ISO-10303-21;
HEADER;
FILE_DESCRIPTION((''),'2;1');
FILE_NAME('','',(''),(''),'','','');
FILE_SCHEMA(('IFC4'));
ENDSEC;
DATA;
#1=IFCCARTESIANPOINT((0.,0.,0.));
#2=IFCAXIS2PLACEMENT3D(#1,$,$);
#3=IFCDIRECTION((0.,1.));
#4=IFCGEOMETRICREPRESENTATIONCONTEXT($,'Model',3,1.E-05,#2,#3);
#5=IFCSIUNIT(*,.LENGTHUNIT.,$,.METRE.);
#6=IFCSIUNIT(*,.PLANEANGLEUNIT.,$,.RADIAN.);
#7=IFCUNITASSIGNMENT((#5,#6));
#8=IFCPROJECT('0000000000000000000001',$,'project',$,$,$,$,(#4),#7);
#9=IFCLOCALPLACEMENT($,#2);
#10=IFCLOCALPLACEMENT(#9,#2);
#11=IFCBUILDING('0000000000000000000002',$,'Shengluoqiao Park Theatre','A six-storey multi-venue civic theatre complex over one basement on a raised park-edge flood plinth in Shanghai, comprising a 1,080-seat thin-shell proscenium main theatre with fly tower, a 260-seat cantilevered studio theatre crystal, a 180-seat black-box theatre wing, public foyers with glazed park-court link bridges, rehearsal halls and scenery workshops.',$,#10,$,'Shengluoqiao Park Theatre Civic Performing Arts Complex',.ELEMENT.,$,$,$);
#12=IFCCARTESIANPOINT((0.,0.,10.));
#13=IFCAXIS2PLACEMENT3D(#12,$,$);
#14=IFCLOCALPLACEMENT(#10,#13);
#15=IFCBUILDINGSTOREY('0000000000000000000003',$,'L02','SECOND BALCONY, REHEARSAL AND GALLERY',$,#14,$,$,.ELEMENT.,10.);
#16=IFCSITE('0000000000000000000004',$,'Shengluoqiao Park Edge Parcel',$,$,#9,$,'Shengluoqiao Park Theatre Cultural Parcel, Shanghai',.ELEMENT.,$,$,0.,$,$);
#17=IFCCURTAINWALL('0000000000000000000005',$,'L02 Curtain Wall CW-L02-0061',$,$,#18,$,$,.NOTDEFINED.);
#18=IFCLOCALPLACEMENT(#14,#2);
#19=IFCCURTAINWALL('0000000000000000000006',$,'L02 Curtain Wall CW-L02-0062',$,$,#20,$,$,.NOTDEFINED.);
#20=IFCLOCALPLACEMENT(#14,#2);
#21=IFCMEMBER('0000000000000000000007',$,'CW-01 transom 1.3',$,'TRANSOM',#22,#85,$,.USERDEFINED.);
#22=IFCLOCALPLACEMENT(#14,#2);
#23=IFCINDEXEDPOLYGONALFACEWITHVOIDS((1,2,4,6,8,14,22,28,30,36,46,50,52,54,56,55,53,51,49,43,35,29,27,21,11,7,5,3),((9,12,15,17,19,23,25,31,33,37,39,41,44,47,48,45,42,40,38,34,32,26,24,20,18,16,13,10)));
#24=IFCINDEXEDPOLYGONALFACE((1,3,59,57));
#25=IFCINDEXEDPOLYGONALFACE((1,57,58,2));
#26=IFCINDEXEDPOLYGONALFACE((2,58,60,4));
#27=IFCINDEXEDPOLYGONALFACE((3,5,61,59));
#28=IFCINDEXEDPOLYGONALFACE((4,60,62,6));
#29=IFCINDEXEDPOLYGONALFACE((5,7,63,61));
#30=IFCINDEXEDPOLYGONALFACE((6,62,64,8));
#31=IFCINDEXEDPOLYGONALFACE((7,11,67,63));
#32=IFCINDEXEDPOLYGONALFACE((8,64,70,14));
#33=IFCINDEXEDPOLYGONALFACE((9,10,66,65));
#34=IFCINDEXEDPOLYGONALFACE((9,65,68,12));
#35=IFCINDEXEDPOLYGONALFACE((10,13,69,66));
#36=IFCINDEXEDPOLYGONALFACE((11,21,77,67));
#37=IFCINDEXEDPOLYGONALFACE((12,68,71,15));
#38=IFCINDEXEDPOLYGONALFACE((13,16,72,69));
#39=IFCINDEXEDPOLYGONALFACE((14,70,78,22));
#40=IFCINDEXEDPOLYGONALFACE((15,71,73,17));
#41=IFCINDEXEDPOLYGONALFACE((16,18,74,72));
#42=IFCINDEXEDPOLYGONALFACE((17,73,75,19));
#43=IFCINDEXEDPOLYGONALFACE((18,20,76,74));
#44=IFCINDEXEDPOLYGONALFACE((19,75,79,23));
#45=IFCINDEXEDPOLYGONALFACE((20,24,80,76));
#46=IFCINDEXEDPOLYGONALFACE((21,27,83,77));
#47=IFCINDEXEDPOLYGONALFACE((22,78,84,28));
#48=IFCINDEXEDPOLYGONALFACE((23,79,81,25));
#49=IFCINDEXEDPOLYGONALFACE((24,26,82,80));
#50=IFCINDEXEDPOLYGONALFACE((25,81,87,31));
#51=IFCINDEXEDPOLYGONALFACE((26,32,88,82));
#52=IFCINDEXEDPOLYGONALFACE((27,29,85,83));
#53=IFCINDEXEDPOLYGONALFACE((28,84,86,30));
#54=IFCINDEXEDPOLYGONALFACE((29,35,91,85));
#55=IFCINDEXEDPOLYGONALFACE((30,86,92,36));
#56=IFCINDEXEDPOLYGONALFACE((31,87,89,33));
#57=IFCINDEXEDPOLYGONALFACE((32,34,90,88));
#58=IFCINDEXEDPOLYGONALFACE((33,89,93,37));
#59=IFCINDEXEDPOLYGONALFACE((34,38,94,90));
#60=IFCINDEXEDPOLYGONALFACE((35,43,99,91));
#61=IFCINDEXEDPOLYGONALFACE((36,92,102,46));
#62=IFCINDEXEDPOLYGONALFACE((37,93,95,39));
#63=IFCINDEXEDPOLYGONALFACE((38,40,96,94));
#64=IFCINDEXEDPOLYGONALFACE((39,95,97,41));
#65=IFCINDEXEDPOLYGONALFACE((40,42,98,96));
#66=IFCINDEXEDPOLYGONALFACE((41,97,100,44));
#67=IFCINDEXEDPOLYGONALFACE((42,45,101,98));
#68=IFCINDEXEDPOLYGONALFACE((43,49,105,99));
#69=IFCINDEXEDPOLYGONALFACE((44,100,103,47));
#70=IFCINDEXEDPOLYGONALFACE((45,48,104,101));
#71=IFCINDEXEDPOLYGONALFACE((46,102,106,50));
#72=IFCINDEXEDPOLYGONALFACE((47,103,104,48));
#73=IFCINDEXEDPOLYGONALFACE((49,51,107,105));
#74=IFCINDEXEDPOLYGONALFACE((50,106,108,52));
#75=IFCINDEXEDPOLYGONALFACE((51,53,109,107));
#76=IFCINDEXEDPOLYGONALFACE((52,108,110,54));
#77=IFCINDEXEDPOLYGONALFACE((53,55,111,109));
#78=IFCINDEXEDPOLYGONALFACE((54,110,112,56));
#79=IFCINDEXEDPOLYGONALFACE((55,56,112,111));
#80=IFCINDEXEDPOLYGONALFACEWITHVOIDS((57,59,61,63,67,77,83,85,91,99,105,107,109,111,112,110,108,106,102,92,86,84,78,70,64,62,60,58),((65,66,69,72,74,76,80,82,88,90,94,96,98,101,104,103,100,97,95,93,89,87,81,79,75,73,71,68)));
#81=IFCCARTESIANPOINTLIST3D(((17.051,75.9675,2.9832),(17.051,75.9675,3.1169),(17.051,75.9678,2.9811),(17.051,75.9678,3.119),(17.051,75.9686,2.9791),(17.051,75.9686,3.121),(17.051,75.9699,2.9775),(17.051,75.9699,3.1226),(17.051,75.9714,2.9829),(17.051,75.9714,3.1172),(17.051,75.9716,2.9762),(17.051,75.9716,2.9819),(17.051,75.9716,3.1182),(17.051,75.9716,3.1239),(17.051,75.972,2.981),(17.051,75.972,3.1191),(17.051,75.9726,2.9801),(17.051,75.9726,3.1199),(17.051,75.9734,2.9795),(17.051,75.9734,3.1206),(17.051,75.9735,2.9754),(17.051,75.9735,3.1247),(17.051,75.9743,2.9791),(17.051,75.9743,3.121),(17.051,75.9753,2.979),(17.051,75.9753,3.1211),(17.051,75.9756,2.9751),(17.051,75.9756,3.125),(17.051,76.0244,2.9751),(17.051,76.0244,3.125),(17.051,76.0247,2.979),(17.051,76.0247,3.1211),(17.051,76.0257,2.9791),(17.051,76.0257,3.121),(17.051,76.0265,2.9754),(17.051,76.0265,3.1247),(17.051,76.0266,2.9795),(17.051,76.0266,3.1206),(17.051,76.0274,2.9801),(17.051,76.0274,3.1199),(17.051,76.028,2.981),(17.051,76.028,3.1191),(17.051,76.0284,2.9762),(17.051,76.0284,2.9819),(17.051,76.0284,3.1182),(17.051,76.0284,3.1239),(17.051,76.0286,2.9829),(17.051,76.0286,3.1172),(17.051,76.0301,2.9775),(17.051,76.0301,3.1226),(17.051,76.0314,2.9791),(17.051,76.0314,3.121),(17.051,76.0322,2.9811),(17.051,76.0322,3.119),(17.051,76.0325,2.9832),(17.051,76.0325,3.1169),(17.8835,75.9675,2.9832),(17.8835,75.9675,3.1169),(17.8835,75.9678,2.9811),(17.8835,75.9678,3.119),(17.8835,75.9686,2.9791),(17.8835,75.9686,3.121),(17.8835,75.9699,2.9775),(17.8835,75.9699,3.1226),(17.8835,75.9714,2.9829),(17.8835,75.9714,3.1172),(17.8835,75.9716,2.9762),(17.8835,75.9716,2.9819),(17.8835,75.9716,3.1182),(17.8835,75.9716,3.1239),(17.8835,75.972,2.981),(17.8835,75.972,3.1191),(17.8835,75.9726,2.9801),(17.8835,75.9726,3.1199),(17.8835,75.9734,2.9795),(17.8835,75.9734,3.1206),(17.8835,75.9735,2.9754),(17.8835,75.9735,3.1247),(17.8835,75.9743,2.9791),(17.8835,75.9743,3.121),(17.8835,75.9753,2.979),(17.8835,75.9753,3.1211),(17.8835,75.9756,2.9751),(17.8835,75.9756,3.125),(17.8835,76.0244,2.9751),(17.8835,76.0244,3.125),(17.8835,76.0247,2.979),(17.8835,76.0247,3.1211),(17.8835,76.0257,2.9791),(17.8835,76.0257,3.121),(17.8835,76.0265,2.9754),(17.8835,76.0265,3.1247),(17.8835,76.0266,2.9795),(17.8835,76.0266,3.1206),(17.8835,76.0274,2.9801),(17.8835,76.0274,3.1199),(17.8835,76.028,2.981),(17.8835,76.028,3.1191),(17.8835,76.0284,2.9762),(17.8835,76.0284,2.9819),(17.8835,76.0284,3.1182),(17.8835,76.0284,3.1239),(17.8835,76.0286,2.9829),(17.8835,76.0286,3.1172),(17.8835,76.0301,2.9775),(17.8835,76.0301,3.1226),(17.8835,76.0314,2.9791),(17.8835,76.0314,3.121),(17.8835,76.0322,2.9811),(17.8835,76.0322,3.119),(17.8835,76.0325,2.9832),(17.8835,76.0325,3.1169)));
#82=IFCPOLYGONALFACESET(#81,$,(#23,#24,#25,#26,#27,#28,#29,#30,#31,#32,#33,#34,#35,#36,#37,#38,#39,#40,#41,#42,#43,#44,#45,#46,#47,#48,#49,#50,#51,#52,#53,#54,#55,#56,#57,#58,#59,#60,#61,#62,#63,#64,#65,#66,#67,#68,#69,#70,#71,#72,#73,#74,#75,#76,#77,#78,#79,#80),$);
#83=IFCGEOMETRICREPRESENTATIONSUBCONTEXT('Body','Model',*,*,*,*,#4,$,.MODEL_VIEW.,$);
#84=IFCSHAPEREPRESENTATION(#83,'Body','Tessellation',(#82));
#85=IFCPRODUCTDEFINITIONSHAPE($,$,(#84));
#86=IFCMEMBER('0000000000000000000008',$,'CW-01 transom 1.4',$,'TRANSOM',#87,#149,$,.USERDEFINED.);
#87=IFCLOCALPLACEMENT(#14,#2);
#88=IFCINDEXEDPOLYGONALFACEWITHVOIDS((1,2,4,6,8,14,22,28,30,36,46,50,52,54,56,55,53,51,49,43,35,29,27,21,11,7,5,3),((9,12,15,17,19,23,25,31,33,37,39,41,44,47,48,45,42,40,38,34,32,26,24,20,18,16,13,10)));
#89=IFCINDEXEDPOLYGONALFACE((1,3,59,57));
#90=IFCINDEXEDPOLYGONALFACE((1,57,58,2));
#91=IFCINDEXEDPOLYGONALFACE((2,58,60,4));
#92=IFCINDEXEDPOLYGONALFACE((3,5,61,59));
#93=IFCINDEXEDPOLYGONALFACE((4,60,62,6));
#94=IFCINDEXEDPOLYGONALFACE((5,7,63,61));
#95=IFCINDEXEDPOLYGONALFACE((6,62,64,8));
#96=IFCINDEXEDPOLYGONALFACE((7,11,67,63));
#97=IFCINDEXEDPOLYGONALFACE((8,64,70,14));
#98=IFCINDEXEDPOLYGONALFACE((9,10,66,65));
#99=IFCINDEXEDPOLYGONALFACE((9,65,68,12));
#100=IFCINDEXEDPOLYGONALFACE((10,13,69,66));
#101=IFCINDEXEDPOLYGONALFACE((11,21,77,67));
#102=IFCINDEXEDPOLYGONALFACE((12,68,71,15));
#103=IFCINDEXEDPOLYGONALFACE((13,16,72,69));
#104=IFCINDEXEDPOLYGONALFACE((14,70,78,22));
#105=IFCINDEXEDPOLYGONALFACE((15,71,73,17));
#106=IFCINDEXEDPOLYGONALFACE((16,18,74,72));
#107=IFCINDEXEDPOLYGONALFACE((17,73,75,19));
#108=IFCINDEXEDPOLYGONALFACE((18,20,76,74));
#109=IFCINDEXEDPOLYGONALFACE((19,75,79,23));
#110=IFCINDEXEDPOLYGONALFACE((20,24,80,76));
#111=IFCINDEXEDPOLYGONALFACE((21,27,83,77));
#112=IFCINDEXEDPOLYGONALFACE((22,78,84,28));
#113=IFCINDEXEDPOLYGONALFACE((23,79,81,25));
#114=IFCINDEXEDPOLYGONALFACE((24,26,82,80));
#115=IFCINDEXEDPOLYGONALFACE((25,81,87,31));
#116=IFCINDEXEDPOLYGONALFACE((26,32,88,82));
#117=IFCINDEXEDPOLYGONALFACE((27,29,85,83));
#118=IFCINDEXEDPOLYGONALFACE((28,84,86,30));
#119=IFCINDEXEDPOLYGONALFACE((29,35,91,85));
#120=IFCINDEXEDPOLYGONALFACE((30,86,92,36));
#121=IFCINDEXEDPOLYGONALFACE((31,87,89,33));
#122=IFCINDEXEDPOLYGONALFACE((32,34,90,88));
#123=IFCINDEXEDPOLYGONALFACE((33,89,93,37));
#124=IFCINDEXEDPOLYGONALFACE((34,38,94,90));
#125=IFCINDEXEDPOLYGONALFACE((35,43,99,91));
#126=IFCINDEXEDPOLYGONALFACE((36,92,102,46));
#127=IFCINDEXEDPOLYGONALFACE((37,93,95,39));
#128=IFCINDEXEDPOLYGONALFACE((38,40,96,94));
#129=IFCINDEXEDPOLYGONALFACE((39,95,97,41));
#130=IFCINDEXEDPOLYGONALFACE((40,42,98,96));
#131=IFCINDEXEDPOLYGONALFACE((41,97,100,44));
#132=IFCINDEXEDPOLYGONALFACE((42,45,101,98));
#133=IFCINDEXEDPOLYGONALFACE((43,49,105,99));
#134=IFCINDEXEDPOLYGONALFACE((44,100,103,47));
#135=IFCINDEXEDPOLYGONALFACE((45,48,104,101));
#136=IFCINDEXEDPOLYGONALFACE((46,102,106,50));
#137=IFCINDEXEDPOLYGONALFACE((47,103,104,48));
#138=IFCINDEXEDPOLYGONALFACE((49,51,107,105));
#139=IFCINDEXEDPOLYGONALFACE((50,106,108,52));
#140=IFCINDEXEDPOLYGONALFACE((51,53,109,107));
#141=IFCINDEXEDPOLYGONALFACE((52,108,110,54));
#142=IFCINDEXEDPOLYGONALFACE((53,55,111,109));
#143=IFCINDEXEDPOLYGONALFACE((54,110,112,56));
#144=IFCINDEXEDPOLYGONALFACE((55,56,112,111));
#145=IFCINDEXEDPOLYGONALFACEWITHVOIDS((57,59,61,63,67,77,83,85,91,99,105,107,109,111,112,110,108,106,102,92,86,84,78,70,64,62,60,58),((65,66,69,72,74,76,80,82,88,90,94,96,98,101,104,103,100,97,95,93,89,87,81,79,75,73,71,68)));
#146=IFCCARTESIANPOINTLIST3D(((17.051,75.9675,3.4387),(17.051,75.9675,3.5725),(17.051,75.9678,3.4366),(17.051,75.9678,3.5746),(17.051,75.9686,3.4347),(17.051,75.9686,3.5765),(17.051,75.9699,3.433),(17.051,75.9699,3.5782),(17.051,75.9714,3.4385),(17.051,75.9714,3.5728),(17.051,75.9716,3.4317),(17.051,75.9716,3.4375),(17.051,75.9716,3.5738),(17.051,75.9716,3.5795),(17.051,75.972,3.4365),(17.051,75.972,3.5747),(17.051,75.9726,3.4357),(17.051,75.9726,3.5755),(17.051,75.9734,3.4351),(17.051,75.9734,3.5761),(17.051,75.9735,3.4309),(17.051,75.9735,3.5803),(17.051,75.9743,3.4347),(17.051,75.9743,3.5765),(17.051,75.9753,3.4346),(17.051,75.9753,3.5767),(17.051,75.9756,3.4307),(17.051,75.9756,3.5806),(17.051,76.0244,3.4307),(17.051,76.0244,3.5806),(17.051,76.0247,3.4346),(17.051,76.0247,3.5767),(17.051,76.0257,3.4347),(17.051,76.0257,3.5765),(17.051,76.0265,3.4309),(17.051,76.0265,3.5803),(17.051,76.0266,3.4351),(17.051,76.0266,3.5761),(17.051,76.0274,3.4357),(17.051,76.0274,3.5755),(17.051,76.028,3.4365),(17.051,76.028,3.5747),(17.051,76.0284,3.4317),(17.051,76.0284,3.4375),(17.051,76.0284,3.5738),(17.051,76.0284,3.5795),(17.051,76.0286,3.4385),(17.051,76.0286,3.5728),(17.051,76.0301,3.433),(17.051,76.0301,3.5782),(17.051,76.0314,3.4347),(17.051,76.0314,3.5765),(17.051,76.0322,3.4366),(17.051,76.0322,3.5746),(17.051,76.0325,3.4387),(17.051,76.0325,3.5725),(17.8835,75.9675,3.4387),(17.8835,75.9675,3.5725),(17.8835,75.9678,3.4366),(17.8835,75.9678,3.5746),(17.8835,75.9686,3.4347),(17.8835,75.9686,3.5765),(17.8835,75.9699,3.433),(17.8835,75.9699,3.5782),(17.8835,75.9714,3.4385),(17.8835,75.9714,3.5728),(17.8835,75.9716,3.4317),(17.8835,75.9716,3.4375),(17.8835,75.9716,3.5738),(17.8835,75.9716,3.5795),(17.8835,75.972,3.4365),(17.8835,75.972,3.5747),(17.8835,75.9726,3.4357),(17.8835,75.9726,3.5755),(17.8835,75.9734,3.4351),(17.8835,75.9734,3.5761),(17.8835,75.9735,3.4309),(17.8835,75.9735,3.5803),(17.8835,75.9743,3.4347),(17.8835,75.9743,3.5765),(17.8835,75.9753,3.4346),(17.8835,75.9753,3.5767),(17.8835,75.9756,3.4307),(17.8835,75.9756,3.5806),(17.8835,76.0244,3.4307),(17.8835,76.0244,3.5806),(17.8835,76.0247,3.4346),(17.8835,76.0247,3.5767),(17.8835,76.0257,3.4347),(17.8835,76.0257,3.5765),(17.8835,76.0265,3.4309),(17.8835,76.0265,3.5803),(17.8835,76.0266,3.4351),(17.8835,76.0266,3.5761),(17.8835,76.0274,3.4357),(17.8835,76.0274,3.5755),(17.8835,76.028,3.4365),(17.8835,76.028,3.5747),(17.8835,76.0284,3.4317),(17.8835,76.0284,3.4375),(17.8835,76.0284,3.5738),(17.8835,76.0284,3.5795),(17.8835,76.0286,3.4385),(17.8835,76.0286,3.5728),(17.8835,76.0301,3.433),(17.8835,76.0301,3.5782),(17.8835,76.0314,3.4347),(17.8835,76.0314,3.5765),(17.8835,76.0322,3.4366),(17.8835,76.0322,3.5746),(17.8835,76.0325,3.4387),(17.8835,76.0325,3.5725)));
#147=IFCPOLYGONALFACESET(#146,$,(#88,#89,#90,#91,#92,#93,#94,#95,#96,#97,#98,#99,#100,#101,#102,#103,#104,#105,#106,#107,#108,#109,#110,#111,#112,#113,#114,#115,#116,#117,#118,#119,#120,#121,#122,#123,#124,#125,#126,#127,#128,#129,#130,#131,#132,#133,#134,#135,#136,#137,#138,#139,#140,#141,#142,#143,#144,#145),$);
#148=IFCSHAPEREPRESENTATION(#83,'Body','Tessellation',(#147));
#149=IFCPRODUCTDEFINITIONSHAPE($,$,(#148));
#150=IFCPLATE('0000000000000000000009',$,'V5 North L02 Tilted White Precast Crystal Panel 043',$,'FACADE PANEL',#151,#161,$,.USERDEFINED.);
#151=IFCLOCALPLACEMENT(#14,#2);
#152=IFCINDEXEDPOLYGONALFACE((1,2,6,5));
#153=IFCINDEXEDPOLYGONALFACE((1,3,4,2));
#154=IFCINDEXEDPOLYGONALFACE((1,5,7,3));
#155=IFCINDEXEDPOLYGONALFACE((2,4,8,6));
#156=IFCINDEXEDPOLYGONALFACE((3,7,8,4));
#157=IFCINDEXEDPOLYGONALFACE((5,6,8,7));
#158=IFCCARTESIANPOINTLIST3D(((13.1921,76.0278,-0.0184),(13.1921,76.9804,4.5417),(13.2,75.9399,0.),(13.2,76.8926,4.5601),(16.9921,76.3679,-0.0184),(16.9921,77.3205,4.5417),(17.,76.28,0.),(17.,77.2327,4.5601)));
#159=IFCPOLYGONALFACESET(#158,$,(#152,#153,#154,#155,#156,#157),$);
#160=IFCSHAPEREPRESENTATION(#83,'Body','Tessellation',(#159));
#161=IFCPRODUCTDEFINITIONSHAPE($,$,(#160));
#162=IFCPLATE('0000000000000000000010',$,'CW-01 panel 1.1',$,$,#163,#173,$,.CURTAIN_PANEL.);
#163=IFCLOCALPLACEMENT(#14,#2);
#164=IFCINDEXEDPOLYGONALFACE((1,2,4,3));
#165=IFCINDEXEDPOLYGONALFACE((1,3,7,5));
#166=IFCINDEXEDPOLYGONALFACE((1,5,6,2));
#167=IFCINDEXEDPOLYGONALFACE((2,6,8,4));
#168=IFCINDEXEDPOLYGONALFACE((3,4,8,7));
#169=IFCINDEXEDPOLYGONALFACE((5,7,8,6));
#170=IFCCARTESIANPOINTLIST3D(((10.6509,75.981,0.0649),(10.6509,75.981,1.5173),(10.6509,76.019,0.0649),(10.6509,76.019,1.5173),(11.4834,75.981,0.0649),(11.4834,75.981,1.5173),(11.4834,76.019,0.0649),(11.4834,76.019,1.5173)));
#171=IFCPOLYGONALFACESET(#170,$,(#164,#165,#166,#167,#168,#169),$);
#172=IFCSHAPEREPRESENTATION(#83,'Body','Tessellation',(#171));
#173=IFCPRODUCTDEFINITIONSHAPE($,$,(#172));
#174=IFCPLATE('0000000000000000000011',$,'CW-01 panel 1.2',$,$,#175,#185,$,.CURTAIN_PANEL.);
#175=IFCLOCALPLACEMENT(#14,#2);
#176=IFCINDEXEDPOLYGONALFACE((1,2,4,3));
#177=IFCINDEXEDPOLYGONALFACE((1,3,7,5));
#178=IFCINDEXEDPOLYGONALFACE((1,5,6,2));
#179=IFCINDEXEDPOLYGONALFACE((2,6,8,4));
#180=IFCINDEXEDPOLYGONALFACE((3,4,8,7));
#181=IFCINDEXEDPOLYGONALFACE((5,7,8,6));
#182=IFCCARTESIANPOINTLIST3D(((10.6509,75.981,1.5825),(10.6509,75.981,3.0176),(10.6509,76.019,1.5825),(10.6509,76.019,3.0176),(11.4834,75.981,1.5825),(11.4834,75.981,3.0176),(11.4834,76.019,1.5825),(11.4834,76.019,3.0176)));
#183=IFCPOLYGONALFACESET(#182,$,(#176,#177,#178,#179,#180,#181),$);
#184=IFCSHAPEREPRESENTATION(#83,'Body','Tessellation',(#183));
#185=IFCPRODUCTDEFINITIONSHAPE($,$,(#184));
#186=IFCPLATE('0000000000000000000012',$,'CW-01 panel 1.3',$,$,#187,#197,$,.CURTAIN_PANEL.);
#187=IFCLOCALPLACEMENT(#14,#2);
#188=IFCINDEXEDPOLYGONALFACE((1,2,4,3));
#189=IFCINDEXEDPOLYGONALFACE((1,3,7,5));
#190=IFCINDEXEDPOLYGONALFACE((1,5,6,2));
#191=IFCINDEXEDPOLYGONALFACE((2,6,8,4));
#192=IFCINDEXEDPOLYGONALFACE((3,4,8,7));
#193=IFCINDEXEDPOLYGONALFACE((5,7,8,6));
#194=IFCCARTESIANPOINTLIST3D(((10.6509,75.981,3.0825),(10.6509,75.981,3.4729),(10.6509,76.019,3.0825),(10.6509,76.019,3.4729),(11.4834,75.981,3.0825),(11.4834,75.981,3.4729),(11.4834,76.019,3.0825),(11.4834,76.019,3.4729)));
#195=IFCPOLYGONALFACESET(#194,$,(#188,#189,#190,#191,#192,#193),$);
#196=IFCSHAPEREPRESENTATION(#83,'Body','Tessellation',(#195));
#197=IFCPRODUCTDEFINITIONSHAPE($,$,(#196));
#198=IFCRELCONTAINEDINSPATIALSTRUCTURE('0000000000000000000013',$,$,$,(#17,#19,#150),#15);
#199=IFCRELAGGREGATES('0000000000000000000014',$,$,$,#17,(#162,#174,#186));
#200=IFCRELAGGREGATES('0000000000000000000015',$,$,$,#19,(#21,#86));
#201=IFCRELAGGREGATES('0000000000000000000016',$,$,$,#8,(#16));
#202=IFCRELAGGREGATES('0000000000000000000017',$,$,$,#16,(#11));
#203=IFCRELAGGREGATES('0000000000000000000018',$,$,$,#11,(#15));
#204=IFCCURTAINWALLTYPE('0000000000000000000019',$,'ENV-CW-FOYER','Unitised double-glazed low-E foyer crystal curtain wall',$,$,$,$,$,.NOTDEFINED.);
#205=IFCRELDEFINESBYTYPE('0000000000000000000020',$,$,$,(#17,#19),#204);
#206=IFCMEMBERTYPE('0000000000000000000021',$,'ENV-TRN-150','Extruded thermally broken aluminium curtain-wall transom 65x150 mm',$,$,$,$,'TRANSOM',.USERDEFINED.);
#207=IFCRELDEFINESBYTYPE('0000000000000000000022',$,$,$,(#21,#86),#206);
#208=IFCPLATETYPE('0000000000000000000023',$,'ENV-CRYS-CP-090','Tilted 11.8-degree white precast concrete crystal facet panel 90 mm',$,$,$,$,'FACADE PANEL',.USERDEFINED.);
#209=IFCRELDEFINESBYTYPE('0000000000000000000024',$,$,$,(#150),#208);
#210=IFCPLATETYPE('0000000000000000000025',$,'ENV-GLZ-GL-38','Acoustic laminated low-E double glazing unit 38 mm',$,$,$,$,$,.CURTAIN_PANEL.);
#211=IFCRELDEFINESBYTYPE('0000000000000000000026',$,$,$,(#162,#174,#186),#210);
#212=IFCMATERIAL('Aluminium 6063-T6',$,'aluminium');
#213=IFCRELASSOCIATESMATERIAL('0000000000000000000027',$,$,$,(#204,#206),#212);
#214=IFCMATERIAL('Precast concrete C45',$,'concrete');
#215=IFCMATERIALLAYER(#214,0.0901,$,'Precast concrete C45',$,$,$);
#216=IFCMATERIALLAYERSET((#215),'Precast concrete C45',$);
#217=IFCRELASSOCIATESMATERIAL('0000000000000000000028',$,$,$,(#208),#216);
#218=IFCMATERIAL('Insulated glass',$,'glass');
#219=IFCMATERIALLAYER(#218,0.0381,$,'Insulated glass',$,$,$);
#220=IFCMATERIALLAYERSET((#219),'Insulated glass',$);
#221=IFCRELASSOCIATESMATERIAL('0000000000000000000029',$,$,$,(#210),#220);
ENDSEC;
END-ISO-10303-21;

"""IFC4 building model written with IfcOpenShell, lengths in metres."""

from ifc_helpers import new_model, si_unit, direction, frame, origin, origin_2d, place, context, subcontext, project, spatial, polyline, rectangle, hollow_rectangle, outline, extrude, material, layer, layer_set, material_profile, profile_set, type_object, element, aggregate, save


model = new_model("IFC4")

# Units and contexts
model_context = context("Model", 3, precision=1e-05, world=origin(), true_north=direction((0.0, 1.0)))
body_context = subcontext(model_context, "Body", "Model", "MODEL_VIEW")
ifc_project = project(units=[si_unit("LENGTHUNIT", "METRE"), si_unit("PLANEANGLEUNIT", "RADIAN")], contexts=[model_context])

# Site, building, storey
site_placement = place(None, origin())
site = spatial("IfcSite", under=ifc_project, at=site_placement, Name="Shengluoqiao Park Edge Parcel", LongName="Shengluoqiao Park Theatre Cultural Parcel, Shanghai", CompositionType="ELEMENT", RefElevation=0.0)
building_placement = place(site_placement, origin())
building = spatial("IfcBuilding", under=site, at=building_placement, Name="Shengluoqiao Park Theatre", Description="A six-storey multi-venue civic theatre complex over one basement on a raised park-edge flood plinth in Shanghai, comprising a 1,080-seat thin-shell proscenium main theatre with fly tower, a 260-seat cantilevered studio theatre crystal, a 180-seat black-box theatre wing, public foyers with glazed park-court link bridges, rehearsal halls and scenery workshops.", LongName="Shengluoqiao Park Theatre Civic Performing Arts Complex", CompositionType="ELEMENT")
storey_placement = place(building_placement, frame((0.0, 0.0, 10.0)))
storey = spatial("IfcBuildingStorey", under=building, at=storey_placement, Name="L02", Description="SECOND BALCONY, REHEARSAL AND GALLERY", CompositionType="ELEMENT", Elevation=10.0)

# Curtain wall
ifc_material_1 = material(Name="Aluminium 6063-T6", Category="aluminium")
curtain_wall_type = type_object("IfcCurtainWallType", Name="ENV-CW-FOYER", Description="Unitised double-glazed low-E foyer crystal curtain wall", PredefinedType="NOTDEFINED", material=ifc_material_1)
curtain_wall_1_placement = place(storey_placement, origin())
curtain_wall_1 = element("IfcCurtainWall", 1, at=curtain_wall_1_placement, inside=storey, type_object=curtain_wall_type, Name="L02 Curtain Wall CW-L02-0061", PredefinedType="NOTDEFINED")

# Curtain wall
curtain_wall_2_placement = place(storey_placement, origin())
curtain_wall_2 = element("IfcCurtainWall", 2, at=curtain_wall_2_placement, inside=storey, type_object=curtain_wall_type, Name="L02 Curtain Wall CW-L02-0062", PredefinedType="NOTDEFINED")

# Members
ifc_material_profile_1 = material_profile(ifc_material_1, hollow_rectangle(XDim=0.0649, YDim=0.1499, WallThickness=0.0039, InnerFilletRadius=0.0039, OuterFilletRadius=0.0081, at=origin_2d()), Name="ALU TRANSOM 150x65x4")
ifc_profile_set_1 = profile_set([ifc_material_profile_1], Name="Aluminium 6063-T6")
member_type_1 = type_object("IfcMemberType", Name="ENV-TRN-150", Description="Extruded thermally broken aluminium curtain-wall transom 65x150 mm", ElementType="TRANSOM", PredefinedType="USERDEFINED", material=ifc_profile_set_1)
member_1_placement = place(storey_placement, frame((17.051, 76.0, 3.05), z_axis=(1.0, 0.0, 0.0), x_axis=(0.0, 1.0, 0.0)))
member_1 = element("IfcMember", 3, at=member_1_placement, type_object=member_type_1, Name="CW-01 transom 1.3", ObjectType="TRANSOM", PredefinedType="USERDEFINED", context=body_context, shape_type="SweptSolid", body=[
    extrude(hollow_rectangle(XDim=0.0649, YDim=0.1499, WallThickness=0.0039, InnerFilletRadius=0.0039, OuterFilletRadius=0.0081, at=origin_2d()), origin(), (0.0, 0.0, 1.0), 0.8325),
])
member_2_placement = place(storey_placement, frame((17.051, 76.0, 3.5056), z_axis=(1.0, 0.0, 0.0), x_axis=(0.0, 1.0, 0.0)))
member_2 = element("IfcMember", 4, at=member_2_placement, type_object=member_type_1, Name="CW-01 transom 1.4", ObjectType="TRANSOM", PredefinedType="USERDEFINED", context=body_context, shape_type="SweptSolid", body=[
    extrude(hollow_rectangle(XDim=0.0649, YDim=0.1499, WallThickness=0.0039, InnerFilletRadius=0.0039, OuterFilletRadius=0.0081, at=origin_2d()), origin(), (0.0, 0.0, 1.0), 0.8325),
])

# Plates
ifc_material_2 = material(Name="Precast concrete C45", Category="concrete")
ifc_layer_1 = layer(ifc_material_2, 0.0901, Name="Precast concrete C45")
ifc_layer_set_1 = layer_set([ifc_layer_1], Name="Precast concrete C45")
plate_type_1 = type_object("IfcPlateType", Name="ENV-CRYS-CP-090", Description="Tilted 11.8-degree white precast concrete crystal facet panel 90 mm", ElementType="FACADE PANEL", PredefinedType="USERDEFINED", material=ifc_layer_set_1)
plate_1_placement = place(storey_placement, frame((13.2, 75.9399, 0.0), z_axis=(0.08727, -0.975133, 0.203714), x_axis=(0.996019, 0.089139, 0.0)))
element("IfcPlate", 5, at=plate_1_placement, inside=storey, type_object=plate_type_1, Name="V5 North L02 Tilted White Precast Crystal Panel 043", ObjectType="FACADE PANEL", PredefinedType="USERDEFINED", context=body_context, shape_type="SweptSolid", body=[
    extrude(outline(polyline([(0.0, 0.0), (3.8152, 0.0), (3.9002, 4.6577), (0.0849, 4.6577), (0.0, 0.0)])), origin(), (0.0, 0.0, -1.0), 0.0901),
])
ifc_material_3 = material(Name="Insulated glass", Category="glass")
ifc_layer_2 = layer(ifc_material_3, 0.0381, Name="Insulated glass")
ifc_layer_set_2 = layer_set([ifc_layer_2], Name="Insulated glass")
plate_type_2 = type_object("IfcPlateType", Name="ENV-GLZ-GL-38", Description="Acoustic laminated low-E double glazing unit 38 mm", PredefinedType="CURTAIN_PANEL", material=ifc_layer_set_2)
plate_2_placement = place(storey_placement, frame((11.0671, 76.0, 0.0649), z_axis=(0.0, 0.0, 1.0), x_axis=(1.0, 0.0, 0.0)))
plate_2 = element("IfcPlate", 6, at=plate_2_placement, type_object=plate_type_2, Name="CW-01 panel 1.1", PredefinedType="CURTAIN_PANEL", context=body_context, shape_type="SweptSolid", body=[
    extrude(rectangle(XDim=0.8325, YDim=0.0381, at=origin_2d()), origin(), (0.0, 0.0, 1.0), 1.4524),
])
plate_3_placement = place(storey_placement, frame((11.0671, 76.0, 1.5825), z_axis=(0.0, 0.0, 1.0), x_axis=(1.0, 0.0, 0.0)))
plate_3 = element("IfcPlate", 7, at=plate_3_placement, type_object=plate_type_2, Name="CW-01 panel 1.2", PredefinedType="CURTAIN_PANEL", context=body_context, shape_type="SweptSolid", body=[
    extrude(rectangle(XDim=0.8325, YDim=0.0381, at=origin_2d()), origin(), (0.0, 0.0, 1.0), 1.4351),
])
plate_4_placement = place(storey_placement, frame((11.0671, 76.0, 3.0825), z_axis=(0.0, 0.0, 1.0), x_axis=(1.0, 0.0, 0.0)))
plate_4 = element("IfcPlate", 8, at=plate_4_placement, type_object=plate_type_2, Name="CW-01 panel 1.3", PredefinedType="CURTAIN_PANEL", context=body_context, shape_type="SweptSolid", body=[
    extrude(rectangle(XDim=0.8325, YDim=0.0381, at=origin_2d()), origin(), (0.0, 0.0, 1.0), 0.3904),
])
aggregate(curtain_wall_1, [plate_2, plate_3, plate_4])
aggregate(curtain_wall_2, [member_1, member_2])

save(model, "model.ifc")
